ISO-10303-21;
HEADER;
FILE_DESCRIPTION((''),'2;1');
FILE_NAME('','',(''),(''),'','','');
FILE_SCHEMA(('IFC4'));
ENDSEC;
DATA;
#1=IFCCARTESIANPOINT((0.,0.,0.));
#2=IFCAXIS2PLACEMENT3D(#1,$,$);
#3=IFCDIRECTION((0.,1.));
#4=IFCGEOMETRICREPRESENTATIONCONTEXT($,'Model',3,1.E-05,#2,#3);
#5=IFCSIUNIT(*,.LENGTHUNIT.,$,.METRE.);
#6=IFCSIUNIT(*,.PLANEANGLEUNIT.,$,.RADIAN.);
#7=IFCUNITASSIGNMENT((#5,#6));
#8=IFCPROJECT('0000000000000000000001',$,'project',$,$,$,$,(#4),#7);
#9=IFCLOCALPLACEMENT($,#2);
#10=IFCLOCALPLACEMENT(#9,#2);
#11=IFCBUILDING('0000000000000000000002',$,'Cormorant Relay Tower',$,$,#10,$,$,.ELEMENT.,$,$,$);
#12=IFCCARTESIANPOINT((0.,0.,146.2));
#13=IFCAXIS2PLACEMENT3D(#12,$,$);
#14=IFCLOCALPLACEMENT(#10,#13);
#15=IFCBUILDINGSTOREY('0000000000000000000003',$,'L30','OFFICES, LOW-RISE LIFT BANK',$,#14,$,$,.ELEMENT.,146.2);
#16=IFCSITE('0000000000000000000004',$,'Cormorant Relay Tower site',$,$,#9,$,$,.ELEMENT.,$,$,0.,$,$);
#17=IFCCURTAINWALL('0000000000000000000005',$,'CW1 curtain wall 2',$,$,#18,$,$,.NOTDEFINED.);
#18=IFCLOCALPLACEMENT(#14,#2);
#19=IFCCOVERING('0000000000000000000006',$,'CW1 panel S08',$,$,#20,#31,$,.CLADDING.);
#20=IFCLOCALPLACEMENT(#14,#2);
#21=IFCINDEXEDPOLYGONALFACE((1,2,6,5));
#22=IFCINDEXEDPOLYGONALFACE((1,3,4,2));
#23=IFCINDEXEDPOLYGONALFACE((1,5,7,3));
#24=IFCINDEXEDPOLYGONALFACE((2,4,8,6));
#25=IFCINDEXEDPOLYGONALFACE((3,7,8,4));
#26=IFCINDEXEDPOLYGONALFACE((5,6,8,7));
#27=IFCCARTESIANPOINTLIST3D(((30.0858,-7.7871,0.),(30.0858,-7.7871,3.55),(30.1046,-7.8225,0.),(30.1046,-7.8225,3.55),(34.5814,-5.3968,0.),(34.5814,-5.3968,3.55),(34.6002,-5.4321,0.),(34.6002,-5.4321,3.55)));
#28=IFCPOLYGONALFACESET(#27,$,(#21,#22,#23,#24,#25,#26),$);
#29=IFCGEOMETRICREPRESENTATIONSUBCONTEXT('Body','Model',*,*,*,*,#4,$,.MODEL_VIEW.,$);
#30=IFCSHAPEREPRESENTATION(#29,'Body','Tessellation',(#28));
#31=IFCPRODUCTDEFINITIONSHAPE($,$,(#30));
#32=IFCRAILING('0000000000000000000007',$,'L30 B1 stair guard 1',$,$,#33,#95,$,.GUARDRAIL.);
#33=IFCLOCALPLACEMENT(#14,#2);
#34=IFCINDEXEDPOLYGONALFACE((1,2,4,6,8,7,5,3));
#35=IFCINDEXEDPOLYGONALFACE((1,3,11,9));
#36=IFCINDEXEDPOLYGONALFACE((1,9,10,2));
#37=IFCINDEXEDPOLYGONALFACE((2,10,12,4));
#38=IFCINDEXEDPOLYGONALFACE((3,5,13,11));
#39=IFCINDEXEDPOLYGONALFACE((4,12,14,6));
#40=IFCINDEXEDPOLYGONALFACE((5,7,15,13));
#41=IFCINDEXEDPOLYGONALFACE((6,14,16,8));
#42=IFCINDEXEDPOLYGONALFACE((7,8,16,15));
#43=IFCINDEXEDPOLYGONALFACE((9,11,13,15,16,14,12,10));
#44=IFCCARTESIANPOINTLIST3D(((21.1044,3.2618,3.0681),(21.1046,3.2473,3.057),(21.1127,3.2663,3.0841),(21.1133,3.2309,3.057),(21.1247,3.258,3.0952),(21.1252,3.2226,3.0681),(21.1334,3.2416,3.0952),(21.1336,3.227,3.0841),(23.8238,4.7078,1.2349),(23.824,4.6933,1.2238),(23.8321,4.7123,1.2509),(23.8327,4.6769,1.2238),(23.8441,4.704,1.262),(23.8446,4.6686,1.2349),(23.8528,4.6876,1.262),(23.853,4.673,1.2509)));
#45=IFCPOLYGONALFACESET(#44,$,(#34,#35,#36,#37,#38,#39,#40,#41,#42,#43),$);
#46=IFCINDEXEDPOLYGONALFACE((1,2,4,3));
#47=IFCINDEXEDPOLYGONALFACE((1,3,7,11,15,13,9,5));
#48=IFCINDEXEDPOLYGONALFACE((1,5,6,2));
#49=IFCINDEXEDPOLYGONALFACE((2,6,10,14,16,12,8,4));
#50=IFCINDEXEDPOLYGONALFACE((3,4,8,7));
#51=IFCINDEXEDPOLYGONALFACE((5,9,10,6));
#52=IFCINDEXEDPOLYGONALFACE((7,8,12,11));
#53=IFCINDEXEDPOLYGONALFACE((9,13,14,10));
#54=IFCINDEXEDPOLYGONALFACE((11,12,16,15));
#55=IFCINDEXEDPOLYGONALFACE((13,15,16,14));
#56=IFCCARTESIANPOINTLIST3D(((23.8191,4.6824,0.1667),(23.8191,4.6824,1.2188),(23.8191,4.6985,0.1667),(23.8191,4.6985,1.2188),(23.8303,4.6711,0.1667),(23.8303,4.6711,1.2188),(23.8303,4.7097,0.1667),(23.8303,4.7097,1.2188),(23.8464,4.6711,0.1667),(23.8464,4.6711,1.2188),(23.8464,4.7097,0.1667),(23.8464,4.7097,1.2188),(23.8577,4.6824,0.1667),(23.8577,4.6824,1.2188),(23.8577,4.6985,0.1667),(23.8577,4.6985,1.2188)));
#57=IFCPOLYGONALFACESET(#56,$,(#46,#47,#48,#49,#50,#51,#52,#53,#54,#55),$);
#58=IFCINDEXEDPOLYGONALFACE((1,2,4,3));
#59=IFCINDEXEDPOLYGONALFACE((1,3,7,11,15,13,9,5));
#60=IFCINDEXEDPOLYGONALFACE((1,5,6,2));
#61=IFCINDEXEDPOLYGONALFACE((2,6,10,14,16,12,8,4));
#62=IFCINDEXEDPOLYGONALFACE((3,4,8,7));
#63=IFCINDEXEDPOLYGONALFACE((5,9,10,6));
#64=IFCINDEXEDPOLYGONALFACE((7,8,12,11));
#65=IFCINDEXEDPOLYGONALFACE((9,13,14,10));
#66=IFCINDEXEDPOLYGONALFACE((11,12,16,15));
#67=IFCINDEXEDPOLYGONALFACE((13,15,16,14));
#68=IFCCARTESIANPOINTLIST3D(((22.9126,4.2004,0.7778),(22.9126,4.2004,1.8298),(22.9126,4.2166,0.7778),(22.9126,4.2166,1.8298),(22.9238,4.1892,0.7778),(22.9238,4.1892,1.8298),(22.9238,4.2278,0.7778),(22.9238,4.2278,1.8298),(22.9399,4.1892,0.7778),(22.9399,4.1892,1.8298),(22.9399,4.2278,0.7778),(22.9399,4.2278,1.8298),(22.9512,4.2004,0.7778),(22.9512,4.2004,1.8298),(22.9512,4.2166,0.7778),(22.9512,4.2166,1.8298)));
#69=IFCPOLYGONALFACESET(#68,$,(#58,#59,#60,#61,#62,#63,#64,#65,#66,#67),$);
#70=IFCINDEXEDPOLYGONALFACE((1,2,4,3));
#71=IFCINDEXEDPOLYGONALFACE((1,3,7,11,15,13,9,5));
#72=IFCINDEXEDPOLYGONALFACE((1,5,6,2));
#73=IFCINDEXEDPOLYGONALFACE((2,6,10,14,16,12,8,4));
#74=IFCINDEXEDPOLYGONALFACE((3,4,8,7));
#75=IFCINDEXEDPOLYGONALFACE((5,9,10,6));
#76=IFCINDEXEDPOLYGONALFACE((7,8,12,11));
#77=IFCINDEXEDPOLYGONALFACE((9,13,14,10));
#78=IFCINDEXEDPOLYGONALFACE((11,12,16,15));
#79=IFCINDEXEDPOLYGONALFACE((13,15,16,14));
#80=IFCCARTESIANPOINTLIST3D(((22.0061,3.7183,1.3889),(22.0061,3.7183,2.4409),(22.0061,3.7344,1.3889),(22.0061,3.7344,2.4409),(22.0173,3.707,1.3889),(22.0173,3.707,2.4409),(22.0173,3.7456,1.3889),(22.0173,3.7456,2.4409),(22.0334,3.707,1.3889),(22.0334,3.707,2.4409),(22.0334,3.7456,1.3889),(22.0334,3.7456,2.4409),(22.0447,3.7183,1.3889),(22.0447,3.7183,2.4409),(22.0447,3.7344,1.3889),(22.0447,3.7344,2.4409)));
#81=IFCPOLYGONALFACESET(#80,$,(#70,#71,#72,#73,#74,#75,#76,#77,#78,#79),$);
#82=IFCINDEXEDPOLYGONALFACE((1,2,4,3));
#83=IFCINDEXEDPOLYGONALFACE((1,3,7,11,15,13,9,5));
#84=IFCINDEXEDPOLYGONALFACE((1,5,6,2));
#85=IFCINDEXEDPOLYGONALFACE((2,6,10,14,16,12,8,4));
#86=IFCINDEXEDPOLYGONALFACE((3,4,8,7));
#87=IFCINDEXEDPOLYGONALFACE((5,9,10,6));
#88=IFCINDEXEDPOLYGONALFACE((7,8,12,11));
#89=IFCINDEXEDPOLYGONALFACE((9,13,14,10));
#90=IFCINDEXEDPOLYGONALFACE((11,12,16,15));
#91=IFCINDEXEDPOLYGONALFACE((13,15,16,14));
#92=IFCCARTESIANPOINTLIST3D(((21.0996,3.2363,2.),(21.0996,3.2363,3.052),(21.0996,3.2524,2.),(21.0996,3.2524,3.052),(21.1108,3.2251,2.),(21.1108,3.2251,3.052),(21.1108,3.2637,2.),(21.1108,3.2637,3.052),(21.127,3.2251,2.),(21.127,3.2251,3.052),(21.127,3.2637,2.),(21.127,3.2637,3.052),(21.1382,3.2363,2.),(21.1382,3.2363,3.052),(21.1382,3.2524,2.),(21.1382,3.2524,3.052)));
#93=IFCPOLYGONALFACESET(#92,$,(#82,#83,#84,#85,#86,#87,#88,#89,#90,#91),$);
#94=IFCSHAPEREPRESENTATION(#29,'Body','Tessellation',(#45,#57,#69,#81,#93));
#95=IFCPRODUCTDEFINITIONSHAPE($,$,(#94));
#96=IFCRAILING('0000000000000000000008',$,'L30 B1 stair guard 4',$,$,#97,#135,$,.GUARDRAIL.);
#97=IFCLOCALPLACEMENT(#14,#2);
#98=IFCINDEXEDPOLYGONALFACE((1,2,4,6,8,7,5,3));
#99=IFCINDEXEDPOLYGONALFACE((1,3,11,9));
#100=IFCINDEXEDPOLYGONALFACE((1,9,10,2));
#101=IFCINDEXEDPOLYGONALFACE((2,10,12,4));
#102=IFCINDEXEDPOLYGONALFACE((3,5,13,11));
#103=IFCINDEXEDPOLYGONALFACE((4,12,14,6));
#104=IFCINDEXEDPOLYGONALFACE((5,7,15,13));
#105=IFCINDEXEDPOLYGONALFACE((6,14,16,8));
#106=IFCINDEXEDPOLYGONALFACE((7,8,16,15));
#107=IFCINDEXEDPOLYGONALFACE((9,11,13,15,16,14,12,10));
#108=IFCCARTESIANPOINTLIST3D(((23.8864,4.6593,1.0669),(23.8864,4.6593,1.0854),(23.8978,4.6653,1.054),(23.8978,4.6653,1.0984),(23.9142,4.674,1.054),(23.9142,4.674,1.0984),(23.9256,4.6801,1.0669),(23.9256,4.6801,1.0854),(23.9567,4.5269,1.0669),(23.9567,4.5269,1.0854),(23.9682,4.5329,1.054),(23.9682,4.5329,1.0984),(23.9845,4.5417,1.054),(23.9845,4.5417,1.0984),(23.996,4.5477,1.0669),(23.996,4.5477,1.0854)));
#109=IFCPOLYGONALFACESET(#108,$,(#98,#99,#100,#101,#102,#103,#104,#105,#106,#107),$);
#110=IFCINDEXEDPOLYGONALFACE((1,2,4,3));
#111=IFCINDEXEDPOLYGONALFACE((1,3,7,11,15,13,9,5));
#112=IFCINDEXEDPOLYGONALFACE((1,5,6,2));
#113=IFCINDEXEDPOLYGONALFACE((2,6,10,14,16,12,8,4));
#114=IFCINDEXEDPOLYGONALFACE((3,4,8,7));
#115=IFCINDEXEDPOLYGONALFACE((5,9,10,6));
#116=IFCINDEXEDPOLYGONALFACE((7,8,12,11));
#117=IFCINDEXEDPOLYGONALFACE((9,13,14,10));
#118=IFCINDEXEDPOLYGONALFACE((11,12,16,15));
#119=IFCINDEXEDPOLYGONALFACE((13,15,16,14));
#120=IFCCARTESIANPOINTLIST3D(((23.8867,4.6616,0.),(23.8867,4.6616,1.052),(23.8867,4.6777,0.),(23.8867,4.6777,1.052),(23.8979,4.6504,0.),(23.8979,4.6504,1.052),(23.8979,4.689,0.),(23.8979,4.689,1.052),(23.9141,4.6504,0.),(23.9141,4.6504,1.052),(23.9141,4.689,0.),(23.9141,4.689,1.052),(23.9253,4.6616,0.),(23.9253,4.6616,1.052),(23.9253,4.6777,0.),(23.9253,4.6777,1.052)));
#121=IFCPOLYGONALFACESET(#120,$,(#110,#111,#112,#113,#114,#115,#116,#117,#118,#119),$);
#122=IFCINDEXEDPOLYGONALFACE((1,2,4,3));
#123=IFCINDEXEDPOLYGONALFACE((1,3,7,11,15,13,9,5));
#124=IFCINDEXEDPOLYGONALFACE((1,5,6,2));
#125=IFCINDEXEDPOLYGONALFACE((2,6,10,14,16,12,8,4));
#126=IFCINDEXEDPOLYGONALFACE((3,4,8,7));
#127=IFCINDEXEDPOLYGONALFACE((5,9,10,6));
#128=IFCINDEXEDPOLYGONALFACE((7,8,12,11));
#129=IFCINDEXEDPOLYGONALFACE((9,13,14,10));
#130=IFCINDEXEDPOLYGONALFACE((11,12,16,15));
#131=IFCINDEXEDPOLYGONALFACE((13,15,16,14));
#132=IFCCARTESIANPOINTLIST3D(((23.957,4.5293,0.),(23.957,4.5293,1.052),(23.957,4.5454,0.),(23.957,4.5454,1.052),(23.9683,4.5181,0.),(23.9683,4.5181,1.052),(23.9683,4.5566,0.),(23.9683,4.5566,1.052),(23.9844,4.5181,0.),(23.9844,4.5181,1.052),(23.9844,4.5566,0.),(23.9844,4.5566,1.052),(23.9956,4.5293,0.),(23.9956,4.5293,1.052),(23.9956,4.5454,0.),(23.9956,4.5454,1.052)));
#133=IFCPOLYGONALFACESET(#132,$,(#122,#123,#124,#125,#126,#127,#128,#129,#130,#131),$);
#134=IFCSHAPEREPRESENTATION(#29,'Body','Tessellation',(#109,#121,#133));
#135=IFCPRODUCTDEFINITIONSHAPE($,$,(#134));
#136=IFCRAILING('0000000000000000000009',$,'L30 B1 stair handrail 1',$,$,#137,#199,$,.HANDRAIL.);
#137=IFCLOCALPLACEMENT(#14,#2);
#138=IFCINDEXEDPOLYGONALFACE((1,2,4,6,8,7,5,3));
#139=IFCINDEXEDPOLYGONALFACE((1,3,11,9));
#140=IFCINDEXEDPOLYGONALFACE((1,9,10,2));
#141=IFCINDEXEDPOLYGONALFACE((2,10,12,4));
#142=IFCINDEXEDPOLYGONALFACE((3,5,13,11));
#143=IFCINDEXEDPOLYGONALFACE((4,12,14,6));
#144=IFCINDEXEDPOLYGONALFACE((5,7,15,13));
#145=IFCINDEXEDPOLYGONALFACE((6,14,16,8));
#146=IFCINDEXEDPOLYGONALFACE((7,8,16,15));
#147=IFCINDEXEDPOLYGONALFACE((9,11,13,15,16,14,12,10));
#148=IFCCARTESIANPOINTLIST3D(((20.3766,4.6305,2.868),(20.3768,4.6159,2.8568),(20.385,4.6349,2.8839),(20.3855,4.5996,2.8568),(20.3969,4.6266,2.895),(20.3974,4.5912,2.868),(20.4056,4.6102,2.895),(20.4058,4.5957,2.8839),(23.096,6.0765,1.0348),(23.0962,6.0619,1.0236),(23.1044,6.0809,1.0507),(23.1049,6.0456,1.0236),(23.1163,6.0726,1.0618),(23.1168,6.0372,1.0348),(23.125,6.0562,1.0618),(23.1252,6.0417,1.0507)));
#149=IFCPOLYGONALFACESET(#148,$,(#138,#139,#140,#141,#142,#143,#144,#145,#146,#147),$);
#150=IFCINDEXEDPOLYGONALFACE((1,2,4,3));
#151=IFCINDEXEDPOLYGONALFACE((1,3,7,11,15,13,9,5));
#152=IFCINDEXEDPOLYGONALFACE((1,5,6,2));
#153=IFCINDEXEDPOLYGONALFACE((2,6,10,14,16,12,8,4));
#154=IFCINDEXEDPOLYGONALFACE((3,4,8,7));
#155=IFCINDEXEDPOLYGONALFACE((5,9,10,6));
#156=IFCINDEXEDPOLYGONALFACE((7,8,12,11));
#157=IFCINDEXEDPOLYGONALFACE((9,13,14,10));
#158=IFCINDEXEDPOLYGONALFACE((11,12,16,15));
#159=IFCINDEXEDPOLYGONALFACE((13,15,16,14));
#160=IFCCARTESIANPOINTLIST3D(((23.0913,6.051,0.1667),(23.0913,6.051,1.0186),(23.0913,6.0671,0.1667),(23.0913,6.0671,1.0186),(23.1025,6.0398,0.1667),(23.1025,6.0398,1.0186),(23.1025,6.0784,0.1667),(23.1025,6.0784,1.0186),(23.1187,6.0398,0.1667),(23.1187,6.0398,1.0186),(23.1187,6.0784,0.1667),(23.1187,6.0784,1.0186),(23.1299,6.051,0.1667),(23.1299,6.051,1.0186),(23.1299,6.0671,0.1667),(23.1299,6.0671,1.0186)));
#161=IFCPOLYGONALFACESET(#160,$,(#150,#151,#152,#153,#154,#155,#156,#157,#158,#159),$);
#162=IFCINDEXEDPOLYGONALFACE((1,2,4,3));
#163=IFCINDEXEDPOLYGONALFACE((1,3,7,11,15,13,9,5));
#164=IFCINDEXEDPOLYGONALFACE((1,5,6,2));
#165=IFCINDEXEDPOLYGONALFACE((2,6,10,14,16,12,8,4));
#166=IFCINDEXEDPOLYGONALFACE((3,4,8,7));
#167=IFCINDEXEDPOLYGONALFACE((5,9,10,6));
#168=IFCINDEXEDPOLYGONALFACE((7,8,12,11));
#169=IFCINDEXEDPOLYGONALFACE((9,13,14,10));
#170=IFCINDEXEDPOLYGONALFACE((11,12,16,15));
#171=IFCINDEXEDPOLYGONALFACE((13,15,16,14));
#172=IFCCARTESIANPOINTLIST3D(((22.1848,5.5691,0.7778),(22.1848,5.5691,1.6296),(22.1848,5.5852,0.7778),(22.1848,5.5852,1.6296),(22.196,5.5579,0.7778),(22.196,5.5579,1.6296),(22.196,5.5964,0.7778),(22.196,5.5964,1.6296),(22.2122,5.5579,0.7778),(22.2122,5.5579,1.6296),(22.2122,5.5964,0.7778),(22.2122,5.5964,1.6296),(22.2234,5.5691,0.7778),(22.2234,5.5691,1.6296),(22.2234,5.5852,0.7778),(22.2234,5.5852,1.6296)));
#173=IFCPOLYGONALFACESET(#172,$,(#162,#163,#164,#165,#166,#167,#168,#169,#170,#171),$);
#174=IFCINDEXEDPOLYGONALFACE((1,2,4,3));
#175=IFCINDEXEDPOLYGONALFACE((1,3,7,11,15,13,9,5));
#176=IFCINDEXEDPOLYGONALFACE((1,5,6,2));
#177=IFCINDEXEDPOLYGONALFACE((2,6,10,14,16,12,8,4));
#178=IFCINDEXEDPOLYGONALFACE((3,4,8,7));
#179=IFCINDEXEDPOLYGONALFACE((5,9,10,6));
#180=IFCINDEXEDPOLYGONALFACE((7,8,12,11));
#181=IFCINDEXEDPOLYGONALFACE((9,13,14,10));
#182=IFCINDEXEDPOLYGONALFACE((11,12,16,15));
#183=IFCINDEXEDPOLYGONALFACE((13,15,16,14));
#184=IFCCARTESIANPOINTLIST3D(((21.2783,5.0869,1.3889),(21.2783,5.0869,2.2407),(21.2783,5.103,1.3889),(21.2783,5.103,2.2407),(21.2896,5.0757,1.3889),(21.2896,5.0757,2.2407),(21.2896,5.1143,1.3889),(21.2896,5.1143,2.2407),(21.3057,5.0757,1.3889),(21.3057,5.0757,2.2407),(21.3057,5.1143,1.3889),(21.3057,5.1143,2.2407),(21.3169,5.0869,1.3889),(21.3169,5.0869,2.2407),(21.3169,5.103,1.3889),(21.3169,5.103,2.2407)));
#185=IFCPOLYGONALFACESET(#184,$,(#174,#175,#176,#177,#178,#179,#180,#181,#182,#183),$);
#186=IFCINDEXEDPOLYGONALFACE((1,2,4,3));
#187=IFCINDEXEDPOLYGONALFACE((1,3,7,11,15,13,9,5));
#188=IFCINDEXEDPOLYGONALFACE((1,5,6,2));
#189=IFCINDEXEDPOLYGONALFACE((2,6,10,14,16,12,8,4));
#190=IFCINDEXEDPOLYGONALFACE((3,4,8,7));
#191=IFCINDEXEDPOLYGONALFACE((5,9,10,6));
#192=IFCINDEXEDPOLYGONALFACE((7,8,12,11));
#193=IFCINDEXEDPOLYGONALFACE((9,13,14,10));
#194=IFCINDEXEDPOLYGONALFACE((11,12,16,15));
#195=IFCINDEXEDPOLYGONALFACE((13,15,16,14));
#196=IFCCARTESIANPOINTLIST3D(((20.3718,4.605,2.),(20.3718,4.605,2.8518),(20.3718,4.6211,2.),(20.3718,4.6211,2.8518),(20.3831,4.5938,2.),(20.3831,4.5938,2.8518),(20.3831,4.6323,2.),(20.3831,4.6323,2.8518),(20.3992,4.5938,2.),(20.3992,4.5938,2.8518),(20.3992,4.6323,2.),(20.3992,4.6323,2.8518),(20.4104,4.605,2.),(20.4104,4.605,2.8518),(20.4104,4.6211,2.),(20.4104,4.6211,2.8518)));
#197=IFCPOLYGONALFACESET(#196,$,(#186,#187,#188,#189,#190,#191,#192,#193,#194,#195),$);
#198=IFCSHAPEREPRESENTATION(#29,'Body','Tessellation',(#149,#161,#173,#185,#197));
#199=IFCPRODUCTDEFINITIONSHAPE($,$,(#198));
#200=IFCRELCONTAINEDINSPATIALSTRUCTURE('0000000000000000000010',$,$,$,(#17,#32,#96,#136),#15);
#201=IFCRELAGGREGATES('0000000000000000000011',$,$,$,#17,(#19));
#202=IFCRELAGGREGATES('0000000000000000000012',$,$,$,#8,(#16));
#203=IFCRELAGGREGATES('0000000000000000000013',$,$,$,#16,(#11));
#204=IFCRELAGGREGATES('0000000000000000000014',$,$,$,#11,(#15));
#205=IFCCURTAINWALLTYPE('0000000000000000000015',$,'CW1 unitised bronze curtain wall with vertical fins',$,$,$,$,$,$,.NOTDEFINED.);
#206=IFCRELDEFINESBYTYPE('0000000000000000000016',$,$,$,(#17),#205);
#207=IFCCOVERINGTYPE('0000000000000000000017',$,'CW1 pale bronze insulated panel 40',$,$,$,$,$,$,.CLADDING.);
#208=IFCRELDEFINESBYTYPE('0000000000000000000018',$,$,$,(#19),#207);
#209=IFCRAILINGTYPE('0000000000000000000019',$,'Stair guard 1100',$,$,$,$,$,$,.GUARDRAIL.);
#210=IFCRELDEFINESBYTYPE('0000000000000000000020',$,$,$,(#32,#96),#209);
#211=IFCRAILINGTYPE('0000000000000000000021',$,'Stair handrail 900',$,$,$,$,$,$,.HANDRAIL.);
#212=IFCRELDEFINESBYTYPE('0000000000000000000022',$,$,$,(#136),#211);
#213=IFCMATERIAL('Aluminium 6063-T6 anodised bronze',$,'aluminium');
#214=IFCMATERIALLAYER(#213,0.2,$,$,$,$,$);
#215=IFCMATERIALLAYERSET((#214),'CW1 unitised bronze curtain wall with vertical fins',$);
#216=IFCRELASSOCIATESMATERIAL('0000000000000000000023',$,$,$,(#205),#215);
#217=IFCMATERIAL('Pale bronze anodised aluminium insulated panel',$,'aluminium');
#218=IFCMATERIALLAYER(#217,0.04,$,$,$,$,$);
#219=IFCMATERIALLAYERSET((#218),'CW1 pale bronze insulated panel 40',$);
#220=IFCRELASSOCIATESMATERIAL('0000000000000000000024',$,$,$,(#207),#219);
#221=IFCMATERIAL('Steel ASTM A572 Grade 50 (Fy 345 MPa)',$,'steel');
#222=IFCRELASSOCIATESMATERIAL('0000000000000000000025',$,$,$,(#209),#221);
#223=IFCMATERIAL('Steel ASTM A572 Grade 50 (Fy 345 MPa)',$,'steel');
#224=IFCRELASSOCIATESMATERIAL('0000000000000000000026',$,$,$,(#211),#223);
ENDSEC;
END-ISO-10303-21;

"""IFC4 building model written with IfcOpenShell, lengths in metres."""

from ifc_helpers import new_model, si_unit, direction, frame, origin, origin_2d, place, context, subcontext, project, spatial, polyline, rectangle, outline, extrude, material, layer, layer_set, type_object, element, aggregate, save


model = new_model("IFC4")

# Units and contexts
model_context = context("Model", 3, precision=1e-05, world=origin(), true_north=direction((0.0, 1.0)))
body_context = subcontext(model_context, "Body", "Model", "MODEL_VIEW")
ifc_project = project(units=[si_unit("LENGTHUNIT", "METRE"), si_unit("PLANEANGLEUNIT", "RADIAN")], contexts=[model_context])

# Site, building, storey
site_placement = place(None, origin())
site = spatial("IfcSite", under=ifc_project, at=site_placement, Name="Cormorant Relay Tower site", CompositionType="ELEMENT", RefElevation=0.0)
building_placement = place(site_placement, origin())
building = spatial("IfcBuilding", under=site, at=building_placement, Name="Cormorant Relay Tower", CompositionType="ELEMENT")
storey_placement = place(building_placement, frame((0.0, 0.0, 146.2)))
storey = spatial("IfcBuildingStorey", under=building, at=storey_placement, Name="L30", Description="OFFICES, LOW-RISE LIFT BANK", CompositionType="ELEMENT", Elevation=146.2)

# Curtain wall
ifc_material_1 = material(Name="Aluminium 6063-T6 anodised bronze", Category="aluminium")
ifc_layer_1 = layer(ifc_material_1, 0.2)
ifc_layer_set_1 = layer_set([ifc_layer_1], Name="CW1 unitised bronze curtain wall with vertical fins")
curtain_wall_type = type_object("IfcCurtainWallType", Name="CW1 unitised bronze curtain wall with vertical fins", PredefinedType="NOTDEFINED", material=ifc_layer_set_1)
curtain_wall_placement = place(storey_placement, origin())
curtain_wall = element("IfcCurtainWall", 1, at=curtain_wall_placement, inside=storey, type_object=curtain_wall_type, Name="CW1 curtain wall 2", PredefinedType="NOTDEFINED")

# Covering
ifc_material_2 = material(Name="Pale bronze anodised aluminium insulated panel", Category="aluminium")
ifc_layer_2 = layer(ifc_material_2, 0.04)
ifc_layer_set_2 = layer_set([ifc_layer_2], Name="CW1 pale bronze insulated panel 40")
covering_type = type_object("IfcCoveringType", Name="CW1 pale bronze insulated panel 40", PredefinedType="CLADDING", material=ifc_layer_set_2)
covering_placement = place(storey_placement, frame((32.343, -6.6096, 0.0), z_axis=(0.0, 0.0, 1.0), x_axis=(0.882948, 0.469472, 0.0)))
covering = element("IfcCovering", 2, at=covering_placement, type_object=covering_type, Name="CW1 panel S08", PredefinedType="CLADDING", context=body_context, shape_type="SweptSolid", body=[
    extrude(rectangle(XDim=5.0916, YDim=0.04, at=origin_2d()), origin(), (0.0, 0.0, 1.0), 3.55),
])
aggregate(curtain_wall, [covering])

# Railings
ifc_material_3 = material(Name="Steel ASTM A572 Grade 50 (Fy 345 MPa)", Category="steel")
railing_type_1 = type_object("IfcRailingType", Name="Stair guard 1100", PredefinedType="GUARDRAIL", material=ifc_material_3)
railing_1_placement = place(storey_placement, frame((23.8384, 4.6904, 0.1667)))
element("IfcRailing", 3, at=railing_1_placement, inside=storey, type_object=railing_type_1, Name="L30 B1 stair guard 1", PredefinedType="GUARDRAIL", context=body_context, shape_type="SweptSolid", body=[
    extrude(outline(polyline([(0.0222, 0.0093), (0.0093, 0.0222), (-0.0093, 0.0222), (-0.0222, 0.0093), (-0.0222, -0.0093), (-0.0093, -0.0222), (0.0093, -0.0222), (0.0222, -0.0093), (0.0222, 0.0093)])), frame((0.0, 0.0, 1.0762), z_axis=(-0.758714, -0.403435, 0.511463), x_axis=(0.469489, -0.882938, 0.0)), (0.0, 0.0, 1.0), 3.5842),
    extrude(outline(polyline([(0.0193, 0.0081), (0.0081, 0.0193), (-0.0081, 0.0193), (-0.0193, 0.0081), (-0.0193, -0.0081), (-0.0081, -0.0193), (0.0081, -0.0193), (0.0193, -0.0081), (0.0193, 0.0081)])), origin(), (0.0, 0.0, 1.0), 1.052),
    extrude(outline(polyline([(0.0193, 0.0081), (0.0081, 0.0193), (-0.0081, 0.0193), (-0.0193, 0.0081), (-0.0193, -0.0081), (-0.0081, -0.0193), (0.0081, -0.0193), (0.0193, -0.0081), (0.0193, 0.0081)])), frame((-0.9065, -0.4819, 0.6111)), (0.0, 0.0, 1.0), 1.052),
    extrude(outline(polyline([(0.0193, 0.0081), (0.0081, 0.0193), (-0.0081, 0.0193), (-0.0193, 0.0081), (-0.0193, -0.0081), (-0.0081, -0.0193), (0.0081, -0.0193), (0.0193, -0.0081), (0.0193, 0.0081)])), frame((-1.813, -0.9641, 1.2222)), (0.0, 0.0, 1.0), 1.052),
    extrude(outline(polyline([(0.0193, 0.0081), (0.0081, 0.0193), (-0.0081, 0.0193), (-0.0193, 0.0081), (-0.0193, -0.0081), (-0.0081, -0.0193), (0.0081, -0.0193), (0.0193, -0.0081), (0.0193, 0.0081)])), frame((-2.7195, -1.446, 1.8333)), (0.0, 0.0, 1.0), 1.052),
])
railing_2_placement = place(storey_placement, frame((23.906, 4.6697, 0.0)))
element("IfcRailing", 4, at=railing_2_placement, inside=storey, type_object=railing_type_1, Name="L30 B1 stair guard 4", PredefinedType="GUARDRAIL", context=body_context, shape_type="SweptSolid", body=[
    extrude(outline(polyline([(0.0222, 0.0093), (0.0093, 0.0222), (-0.0093, 0.0222), (-0.0222, 0.0093), (-0.0222, -0.0093), (-0.0093, -0.0222), (0.0093, -0.0222), (0.0222, -0.0093), (0.0222, 0.0093)])), frame((0.0, 0.0, 1.0762), z_axis=(0.469235, -0.883074, 0.0), x_axis=(0.883074, 0.469235, 0.0)), (0.0, 0.0, 1.0), 0.1499),
    extrude(outline(polyline([(0.0193, 0.0081), (0.0081, 0.0193), (-0.0081, 0.0193), (-0.0193, 0.0081), (-0.0193, -0.0081), (-0.0081, -0.0193), (0.0081, -0.0193), (0.0193, -0.0081), (0.0193, 0.0081)])), origin(), (0.0, 0.0, 1.0), 1.052),
    extrude(outline(polyline([(0.0193, 0.0081), (0.0081, 0.0193), (-0.0081, 0.0193), (-0.0193, 0.0081), (-0.0193, -0.0081), (-0.0081, -0.0193), (0.0081, -0.0193), (0.0193, -0.0081), (0.0193, 0.0081)])), frame((0.0703, -0.1323, 0.0)), (0.0, 0.0, 1.0), 1.052),
])
ifc_material_4 = material(Name="Steel ASTM A572 Grade 50 (Fy 345 MPa)", Category="steel")
railing_type_2 = type_object("IfcRailingType", Name="Stair handrail 900", PredefinedType="HANDRAIL", material=ifc_material_4)
railing_3_placement = place(storey_placement, frame((23.1106, 6.0591, 0.1667)))
element("IfcRailing", 5, at=railing_3_placement, inside=storey, type_object=railing_type_2, Name="L30 B1 stair handrail 1", PredefinedType="HANDRAIL", context=body_context, shape_type="SweptSolid", body=[
    extrude(outline(polyline([(0.0222, 0.0093), (0.0093, 0.0222), (-0.0093, 0.0222), (-0.0222, 0.0093), (-0.0222, -0.0093), (-0.0093, -0.0222), (0.0093, -0.0222), (0.0222, -0.0093), (0.0222, 0.0093)])), frame((0.0, 0.0, 0.876), z_axis=(-0.758714, -0.403435, 0.511463), x_axis=(0.469489, -0.882938, 0.0)), (0.0, 0.0, 1.0), 3.5842),
    extrude(outline(polyline([(0.0193, 0.0081), (0.0081, 0.0193), (-0.0081, 0.0193), (-0.0193, 0.0081), (-0.0193, -0.0081), (-0.0081, -0.0193), (0.0081, -0.0193), (0.0193, -0.0081), (0.0193, 0.0081)])), origin(), (0.0, 0.0, 1.0), 0.8518),
    extrude(outline(polyline([(0.0193, 0.0081), (0.0081, 0.0193), (-0.0081, 0.0193), (-0.0193, 0.0081), (-0.0193, -0.0081), (-0.0081, -0.0193), (0.0081, -0.0193), (0.0193, -0.0081), (0.0193, 0.0081)])), frame((-0.9065, -0.4819, 0.6111)), (0.0, 0.0, 1.0), 0.8518),
    extrude(outline(polyline([(0.0193, 0.0081), (0.0081, 0.0193), (-0.0081, 0.0193), (-0.0193, 0.0081), (-0.0193, -0.0081), (-0.0081, -0.0193), (0.0081, -0.0193), (0.0193, -0.0081), (0.0193, 0.0081)])), frame((-1.813, -0.9641, 1.2222)), (0.0, 0.0, 1.0), 0.8518),
    extrude(outline(polyline([(0.0193, 0.0081), (0.0081, 0.0193), (-0.0081, 0.0193), (-0.0193, 0.0081), (-0.0193, -0.0081), (-0.0081, -0.0193), (0.0081, -0.0193), (0.0193, -0.0081), (0.0193, 0.0081)])), frame((-2.7195, -1.446, 1.8333)), (0.0, 0.0, 1.0), 0.8518),
])

save(model, "model.ifc")
